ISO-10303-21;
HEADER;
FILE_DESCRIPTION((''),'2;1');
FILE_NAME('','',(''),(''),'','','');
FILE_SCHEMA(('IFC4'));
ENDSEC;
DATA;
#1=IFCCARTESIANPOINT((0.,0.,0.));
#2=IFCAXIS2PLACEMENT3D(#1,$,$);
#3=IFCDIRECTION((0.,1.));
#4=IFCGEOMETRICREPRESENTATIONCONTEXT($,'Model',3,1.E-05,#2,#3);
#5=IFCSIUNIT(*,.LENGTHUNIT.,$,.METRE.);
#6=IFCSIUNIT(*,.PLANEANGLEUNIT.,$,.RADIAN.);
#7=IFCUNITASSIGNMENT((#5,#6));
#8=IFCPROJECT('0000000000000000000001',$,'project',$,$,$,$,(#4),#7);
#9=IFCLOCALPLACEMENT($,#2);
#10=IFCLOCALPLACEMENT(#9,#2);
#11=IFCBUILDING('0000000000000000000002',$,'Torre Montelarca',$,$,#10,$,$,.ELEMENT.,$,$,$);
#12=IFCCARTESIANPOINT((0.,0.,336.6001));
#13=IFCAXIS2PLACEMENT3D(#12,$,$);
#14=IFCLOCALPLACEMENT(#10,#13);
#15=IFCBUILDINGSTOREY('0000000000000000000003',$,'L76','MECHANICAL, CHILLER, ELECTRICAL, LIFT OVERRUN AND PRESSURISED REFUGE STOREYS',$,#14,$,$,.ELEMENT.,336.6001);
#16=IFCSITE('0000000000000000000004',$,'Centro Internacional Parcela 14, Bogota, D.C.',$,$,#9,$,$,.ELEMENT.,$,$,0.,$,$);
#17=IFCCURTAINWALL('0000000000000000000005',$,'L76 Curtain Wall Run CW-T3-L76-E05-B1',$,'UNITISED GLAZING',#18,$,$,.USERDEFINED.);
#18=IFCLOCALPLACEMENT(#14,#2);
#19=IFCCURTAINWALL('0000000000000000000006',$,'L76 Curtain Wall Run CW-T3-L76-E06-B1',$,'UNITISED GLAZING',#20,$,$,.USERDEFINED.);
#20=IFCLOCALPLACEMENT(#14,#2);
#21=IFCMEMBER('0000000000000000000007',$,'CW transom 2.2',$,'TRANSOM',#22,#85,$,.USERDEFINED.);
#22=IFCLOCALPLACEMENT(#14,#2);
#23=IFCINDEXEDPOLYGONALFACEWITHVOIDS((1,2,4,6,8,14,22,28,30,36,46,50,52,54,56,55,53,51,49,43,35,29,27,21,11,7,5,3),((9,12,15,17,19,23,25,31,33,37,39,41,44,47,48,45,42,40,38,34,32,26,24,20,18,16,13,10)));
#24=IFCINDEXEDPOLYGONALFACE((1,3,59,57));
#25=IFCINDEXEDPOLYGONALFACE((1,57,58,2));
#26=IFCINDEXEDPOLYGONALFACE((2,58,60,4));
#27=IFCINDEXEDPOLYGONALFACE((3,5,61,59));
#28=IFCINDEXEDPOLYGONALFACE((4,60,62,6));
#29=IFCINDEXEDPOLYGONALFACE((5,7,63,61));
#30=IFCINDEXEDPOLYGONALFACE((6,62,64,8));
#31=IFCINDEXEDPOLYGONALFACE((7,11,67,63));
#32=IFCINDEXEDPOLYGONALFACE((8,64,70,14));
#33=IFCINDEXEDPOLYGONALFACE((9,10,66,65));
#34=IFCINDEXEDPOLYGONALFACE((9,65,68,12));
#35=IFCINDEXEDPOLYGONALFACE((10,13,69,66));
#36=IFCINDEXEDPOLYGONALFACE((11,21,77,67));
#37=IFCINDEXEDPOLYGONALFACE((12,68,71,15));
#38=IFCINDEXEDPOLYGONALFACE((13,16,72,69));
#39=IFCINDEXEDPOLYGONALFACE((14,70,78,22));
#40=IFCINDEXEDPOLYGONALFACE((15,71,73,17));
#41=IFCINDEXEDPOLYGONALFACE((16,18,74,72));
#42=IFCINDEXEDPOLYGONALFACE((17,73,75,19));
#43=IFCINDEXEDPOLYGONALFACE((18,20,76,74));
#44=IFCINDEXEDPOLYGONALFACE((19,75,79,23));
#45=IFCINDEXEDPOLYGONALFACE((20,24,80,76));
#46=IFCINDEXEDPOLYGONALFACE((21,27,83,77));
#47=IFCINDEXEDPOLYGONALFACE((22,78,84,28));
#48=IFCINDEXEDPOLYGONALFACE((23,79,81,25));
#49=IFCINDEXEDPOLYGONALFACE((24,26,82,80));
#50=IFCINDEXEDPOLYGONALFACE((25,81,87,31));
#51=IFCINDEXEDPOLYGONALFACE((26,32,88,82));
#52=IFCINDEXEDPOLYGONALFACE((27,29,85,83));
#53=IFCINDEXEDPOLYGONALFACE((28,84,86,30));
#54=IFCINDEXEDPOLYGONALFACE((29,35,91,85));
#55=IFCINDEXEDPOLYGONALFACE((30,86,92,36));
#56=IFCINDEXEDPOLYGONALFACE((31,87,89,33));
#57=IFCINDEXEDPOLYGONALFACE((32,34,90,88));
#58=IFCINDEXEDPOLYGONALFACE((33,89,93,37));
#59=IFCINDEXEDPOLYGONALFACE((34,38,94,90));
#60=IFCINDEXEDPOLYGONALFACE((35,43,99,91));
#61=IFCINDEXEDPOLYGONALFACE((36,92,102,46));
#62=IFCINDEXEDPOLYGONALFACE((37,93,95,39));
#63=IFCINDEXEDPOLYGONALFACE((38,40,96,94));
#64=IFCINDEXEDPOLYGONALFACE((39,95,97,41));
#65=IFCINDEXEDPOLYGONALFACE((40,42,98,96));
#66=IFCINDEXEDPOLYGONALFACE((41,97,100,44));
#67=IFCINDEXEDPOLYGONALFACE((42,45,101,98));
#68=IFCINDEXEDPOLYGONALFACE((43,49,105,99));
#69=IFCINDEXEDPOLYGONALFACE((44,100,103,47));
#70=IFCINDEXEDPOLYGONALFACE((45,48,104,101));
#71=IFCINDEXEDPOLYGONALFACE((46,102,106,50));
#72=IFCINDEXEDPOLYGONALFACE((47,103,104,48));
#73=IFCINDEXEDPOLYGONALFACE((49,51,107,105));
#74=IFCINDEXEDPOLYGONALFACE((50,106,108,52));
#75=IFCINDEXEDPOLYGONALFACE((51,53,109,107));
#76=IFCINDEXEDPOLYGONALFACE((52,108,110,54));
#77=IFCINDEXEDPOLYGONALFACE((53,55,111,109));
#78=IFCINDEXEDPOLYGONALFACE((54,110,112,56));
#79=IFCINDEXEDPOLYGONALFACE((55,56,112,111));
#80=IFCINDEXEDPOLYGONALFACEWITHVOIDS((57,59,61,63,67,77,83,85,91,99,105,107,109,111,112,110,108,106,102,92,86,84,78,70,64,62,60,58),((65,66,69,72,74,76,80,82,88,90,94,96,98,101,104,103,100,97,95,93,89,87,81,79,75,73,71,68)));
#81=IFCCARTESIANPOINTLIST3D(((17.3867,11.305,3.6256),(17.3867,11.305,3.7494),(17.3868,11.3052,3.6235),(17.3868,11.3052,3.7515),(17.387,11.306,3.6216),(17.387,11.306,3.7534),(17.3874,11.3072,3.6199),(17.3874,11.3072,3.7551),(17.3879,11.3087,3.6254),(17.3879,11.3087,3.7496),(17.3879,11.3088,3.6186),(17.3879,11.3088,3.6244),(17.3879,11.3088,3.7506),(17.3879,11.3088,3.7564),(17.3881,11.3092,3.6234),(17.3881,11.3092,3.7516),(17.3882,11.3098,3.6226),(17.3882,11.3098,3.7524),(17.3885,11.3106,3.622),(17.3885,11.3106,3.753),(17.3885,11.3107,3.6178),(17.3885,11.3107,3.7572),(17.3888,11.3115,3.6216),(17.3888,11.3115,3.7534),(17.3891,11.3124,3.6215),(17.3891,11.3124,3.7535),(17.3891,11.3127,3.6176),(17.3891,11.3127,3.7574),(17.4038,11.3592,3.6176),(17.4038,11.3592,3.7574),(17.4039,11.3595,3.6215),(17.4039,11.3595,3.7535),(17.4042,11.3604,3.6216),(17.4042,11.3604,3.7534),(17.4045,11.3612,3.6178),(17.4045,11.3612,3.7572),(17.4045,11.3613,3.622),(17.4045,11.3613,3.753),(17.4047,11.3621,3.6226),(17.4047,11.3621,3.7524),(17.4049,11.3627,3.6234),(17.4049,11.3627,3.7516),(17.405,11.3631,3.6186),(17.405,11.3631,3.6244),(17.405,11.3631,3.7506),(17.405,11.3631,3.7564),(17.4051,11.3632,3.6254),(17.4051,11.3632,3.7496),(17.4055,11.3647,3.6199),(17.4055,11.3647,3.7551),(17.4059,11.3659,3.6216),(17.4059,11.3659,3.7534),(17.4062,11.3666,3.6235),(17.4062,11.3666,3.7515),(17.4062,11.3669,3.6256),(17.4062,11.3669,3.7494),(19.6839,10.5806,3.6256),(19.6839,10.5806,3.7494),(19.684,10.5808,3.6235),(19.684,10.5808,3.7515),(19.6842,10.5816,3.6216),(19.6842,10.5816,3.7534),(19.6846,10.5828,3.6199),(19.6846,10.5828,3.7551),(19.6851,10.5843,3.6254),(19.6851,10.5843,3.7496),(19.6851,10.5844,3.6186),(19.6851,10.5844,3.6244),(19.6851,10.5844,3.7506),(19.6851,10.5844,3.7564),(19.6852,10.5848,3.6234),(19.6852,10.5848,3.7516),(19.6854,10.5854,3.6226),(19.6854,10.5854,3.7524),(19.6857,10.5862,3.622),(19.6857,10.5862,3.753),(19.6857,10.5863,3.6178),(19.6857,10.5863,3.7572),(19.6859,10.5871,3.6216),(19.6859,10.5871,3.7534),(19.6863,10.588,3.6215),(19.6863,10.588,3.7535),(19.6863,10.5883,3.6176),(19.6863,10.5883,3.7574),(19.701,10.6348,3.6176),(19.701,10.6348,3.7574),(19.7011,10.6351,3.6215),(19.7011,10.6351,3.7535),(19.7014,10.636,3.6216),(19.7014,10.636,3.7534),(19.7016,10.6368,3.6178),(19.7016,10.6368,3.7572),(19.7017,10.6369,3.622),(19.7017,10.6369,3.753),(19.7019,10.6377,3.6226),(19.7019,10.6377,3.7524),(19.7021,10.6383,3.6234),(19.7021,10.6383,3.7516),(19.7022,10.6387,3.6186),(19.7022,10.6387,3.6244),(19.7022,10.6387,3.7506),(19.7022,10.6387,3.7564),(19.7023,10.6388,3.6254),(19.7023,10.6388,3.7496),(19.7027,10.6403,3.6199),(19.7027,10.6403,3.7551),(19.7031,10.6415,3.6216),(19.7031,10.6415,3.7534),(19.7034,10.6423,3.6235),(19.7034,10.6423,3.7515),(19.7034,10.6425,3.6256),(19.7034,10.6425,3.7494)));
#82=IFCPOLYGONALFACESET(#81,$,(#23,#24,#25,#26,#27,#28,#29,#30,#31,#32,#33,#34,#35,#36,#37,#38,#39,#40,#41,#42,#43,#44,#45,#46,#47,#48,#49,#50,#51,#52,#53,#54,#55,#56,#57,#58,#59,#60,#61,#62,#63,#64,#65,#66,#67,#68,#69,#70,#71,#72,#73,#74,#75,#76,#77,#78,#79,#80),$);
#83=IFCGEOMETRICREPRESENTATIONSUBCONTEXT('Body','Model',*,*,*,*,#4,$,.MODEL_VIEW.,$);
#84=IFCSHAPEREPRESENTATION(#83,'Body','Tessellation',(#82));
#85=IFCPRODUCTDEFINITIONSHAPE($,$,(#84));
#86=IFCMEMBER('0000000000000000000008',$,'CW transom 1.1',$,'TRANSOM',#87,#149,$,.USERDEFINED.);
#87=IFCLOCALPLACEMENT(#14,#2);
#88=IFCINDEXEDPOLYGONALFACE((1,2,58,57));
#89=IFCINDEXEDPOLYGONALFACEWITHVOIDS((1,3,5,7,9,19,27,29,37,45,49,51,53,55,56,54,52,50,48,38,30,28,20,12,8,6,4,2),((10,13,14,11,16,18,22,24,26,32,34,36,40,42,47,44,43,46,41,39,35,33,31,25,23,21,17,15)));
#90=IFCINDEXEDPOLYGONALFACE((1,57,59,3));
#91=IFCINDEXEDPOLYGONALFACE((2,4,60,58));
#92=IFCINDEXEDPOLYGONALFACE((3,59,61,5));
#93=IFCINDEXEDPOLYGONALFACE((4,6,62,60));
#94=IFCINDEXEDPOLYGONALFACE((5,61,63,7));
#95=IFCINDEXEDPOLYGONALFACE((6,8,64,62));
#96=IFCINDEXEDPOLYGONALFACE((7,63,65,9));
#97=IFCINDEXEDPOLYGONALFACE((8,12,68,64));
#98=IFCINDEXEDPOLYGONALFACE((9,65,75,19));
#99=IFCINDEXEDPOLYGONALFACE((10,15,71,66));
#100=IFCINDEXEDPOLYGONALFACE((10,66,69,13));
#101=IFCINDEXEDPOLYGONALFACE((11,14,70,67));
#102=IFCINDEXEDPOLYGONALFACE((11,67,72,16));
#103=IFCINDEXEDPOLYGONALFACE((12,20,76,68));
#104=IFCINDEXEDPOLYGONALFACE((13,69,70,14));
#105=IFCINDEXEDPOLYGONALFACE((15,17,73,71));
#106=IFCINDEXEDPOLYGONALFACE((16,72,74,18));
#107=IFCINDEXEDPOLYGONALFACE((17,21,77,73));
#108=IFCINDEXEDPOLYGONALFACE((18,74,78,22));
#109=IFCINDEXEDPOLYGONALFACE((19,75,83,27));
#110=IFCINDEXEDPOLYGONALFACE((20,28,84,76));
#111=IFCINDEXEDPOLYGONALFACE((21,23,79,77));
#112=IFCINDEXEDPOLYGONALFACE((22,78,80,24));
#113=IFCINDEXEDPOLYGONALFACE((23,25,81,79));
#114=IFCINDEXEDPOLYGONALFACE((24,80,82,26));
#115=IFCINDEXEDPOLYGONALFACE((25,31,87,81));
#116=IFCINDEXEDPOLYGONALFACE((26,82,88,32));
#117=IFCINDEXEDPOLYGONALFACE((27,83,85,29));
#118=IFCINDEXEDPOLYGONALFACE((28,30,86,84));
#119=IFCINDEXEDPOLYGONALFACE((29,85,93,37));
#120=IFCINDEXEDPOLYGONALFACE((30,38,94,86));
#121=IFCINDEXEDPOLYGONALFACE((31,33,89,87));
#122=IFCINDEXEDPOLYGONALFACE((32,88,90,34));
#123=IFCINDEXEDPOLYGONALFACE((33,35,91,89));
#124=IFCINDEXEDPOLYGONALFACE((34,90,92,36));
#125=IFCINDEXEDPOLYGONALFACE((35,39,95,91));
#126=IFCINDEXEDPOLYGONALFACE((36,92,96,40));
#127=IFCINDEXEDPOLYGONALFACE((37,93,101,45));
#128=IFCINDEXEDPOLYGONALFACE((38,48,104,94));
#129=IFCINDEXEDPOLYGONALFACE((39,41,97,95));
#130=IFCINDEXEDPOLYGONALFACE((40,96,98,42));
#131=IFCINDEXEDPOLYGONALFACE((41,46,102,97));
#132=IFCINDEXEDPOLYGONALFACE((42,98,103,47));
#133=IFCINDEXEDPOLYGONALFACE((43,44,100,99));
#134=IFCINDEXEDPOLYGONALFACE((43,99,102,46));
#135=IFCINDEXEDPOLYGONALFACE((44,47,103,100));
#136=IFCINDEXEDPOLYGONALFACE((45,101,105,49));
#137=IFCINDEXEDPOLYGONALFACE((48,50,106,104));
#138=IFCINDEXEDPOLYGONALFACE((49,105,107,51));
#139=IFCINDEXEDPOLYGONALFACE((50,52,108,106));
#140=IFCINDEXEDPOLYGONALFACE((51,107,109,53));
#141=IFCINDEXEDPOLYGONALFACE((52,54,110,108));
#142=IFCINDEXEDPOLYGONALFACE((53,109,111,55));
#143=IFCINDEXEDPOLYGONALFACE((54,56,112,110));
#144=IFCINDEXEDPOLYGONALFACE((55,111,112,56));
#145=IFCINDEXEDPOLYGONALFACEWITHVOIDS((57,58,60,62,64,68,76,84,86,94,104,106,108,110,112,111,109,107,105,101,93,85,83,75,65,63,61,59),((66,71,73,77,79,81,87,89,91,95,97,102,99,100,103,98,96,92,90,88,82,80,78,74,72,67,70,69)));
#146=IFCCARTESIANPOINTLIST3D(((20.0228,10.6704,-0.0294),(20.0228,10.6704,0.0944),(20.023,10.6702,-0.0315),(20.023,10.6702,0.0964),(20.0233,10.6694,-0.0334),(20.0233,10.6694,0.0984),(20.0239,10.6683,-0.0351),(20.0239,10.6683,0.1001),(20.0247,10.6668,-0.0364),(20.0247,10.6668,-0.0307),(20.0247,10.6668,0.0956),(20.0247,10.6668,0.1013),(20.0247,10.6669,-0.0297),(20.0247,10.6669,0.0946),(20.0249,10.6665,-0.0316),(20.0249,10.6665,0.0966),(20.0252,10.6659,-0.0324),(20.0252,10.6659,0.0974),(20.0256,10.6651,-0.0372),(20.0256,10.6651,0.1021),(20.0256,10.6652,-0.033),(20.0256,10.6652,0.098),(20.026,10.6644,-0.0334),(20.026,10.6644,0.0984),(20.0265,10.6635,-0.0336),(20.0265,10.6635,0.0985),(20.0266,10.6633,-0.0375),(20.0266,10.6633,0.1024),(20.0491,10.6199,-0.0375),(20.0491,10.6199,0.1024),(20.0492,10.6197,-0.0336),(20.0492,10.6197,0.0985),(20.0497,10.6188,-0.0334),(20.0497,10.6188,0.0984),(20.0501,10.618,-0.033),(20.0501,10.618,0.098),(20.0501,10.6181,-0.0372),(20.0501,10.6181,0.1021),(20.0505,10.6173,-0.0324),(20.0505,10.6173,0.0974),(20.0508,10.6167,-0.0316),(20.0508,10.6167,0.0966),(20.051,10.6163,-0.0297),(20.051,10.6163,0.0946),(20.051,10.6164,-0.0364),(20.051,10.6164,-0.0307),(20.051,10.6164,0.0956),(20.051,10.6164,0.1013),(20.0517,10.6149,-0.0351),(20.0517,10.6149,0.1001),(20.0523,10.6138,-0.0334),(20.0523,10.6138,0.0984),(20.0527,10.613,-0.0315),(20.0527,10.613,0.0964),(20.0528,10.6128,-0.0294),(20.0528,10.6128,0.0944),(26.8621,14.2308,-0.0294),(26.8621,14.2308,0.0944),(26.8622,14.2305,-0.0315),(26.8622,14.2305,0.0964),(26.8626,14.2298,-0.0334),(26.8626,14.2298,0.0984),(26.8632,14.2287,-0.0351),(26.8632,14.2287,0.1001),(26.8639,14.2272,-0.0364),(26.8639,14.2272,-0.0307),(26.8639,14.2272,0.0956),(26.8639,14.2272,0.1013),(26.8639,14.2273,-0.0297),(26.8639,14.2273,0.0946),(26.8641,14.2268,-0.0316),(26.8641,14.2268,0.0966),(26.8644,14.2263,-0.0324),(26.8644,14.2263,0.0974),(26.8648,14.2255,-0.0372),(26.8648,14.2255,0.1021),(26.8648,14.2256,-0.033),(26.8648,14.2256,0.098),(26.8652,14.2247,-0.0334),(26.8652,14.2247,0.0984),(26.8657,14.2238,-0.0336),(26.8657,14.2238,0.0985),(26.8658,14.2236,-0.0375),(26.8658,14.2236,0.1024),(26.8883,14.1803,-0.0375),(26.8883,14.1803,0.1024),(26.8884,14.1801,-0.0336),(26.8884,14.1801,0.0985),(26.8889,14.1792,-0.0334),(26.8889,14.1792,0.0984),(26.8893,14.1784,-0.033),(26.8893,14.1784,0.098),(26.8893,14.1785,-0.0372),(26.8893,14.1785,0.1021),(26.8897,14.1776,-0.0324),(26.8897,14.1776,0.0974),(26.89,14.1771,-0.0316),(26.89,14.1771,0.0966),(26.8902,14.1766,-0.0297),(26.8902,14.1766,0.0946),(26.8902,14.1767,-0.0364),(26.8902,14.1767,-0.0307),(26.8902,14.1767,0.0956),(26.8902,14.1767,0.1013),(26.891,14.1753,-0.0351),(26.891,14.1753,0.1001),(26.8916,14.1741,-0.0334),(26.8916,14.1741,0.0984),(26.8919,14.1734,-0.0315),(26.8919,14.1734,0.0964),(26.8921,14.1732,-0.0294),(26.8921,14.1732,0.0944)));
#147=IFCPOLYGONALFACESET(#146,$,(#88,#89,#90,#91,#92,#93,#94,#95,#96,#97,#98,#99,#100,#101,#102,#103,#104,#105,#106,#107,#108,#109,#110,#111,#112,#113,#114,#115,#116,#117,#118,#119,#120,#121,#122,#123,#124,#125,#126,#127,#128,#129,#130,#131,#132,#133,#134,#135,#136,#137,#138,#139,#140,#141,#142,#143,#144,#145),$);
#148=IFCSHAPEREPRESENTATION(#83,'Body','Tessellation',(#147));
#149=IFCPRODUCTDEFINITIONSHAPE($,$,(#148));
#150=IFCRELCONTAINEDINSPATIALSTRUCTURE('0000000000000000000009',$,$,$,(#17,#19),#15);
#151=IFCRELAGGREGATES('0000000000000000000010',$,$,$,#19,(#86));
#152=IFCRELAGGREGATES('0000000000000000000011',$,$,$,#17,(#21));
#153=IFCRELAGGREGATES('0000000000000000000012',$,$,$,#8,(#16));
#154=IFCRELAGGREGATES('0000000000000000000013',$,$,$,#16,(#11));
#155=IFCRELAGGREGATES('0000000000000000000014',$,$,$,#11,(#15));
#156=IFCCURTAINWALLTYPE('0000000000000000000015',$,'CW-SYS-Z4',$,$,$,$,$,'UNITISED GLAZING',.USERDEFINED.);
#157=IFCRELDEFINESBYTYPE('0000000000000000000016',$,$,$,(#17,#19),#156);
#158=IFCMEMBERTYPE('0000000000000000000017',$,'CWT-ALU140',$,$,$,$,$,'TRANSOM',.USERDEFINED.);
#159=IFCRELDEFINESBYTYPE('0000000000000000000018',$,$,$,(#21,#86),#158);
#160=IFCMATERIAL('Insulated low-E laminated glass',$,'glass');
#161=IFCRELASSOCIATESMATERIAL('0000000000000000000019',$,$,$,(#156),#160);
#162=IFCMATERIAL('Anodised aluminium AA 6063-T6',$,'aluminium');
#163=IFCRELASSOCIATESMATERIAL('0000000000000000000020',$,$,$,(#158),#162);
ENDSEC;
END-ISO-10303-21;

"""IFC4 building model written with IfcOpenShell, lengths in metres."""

from ifc_helpers import new_model, si_unit, direction, frame, origin, origin_2d, place, context, subcontext, project, spatial, hollow_rectangle, extrude, source, transform, mapped, material, material_profile, profile_set, type_object, element, aggregate, save


model = new_model("IFC4")

# Units and contexts
model_context = context("Model", 3, precision=1e-05, world=origin(), true_north=direction((0.0, 1.0)))
body_context = subcontext(model_context, "Body", "Model", "MODEL_VIEW")
ifc_project = project(units=[si_unit("LENGTHUNIT", "METRE"), si_unit("PLANEANGLEUNIT", "RADIAN")], contexts=[model_context])

# Site, building, storey
site_placement = place(None, origin())
site = spatial("IfcSite", under=ifc_project, at=site_placement, Name="Centro Internacional Parcela 14, Bogota, D.C.", CompositionType="ELEMENT", RefElevation=0.0)
building_placement = place(site_placement, origin())
building = spatial("IfcBuilding", under=site, at=building_placement, Name="Torre Montelarca", CompositionType="ELEMENT")
storey_placement = place(building_placement, frame((0.0, 0.0, 336.6001)))
storey = spatial("IfcBuildingStorey", under=building, at=storey_placement, Name="L76", Description="MECHANICAL, CHILLER, ELECTRICAL, LIFT OVERRUN AND PRESSURISED REFUGE STOREYS", CompositionType="ELEMENT", Elevation=336.6001)

# Curtain wall
ifc_material_1 = material(Name="Insulated low-E laminated glass", Category="glass")
curtain_wall_type = type_object("IfcCurtainWallType", Name="CW-SYS-Z4", ElementType="UNITISED GLAZING", PredefinedType="USERDEFINED", material=ifc_material_1)
ifc_material_2 = material(Name="Anodised aluminium AA 6063-T6", Category="aluminium")
ifc_material_profile_1 = material_profile(ifc_material_2, hollow_rectangle(XDim=0.0649, YDim=0.1399, WallThickness=0.0039, InnerFilletRadius=0.0039, OuterFilletRadius=0.0081, at=origin_2d()), Name="ALU65X140X4", Category="aluminium")
ifc_profile_set_1 = profile_set([ifc_material_profile_1], Name="Anodised aluminium AA 6063-T6")
member_type_1 = type_object("IfcMemberType", Name="CWT-ALU140", ElementType="TRANSOM", PredefinedType="USERDEFINED", material=ifc_profile_set_1)
curtain_wall_1_placement = place(storey_placement, origin())
curtain_wall_1 = element("IfcCurtainWall", 1, at=curtain_wall_1_placement, inside=storey, type_object=curtain_wall_type, Name="L76 Curtain Wall Run CW-T3-L76-E05-B1", ObjectType="UNITISED GLAZING", PredefinedType="USERDEFINED")

# Curtain wall
curtain_wall_2_placement = place(storey_placement, origin())
curtain_wall_2 = element("IfcCurtainWall", 2, at=curtain_wall_2_placement, inside=storey, type_object=curtain_wall_type, Name="L76 Curtain Wall Run CW-T3-L76-E06-B1", ObjectType="UNITISED GLAZING", PredefinedType="USERDEFINED")

# Members
shared_shape_1 = source(origin(), body_context, "Body", "SweptSolid", [
    extrude(hollow_rectangle(XDim=0.0649, YDim=0.1399, WallThickness=0.0039, InnerFilletRadius=0.0039, OuterFilletRadius=0.0081, at=origin_2d()), origin(), (0.0, 0.0, 1.0), 2.4087),
])
member_1_placement = place(storey_placement, frame((17.3965, 11.3359, 3.6875), z_axis=(0.953707, -0.300738, 0.0), x_axis=(0.300738, 0.953707, 0.0)))
member_1 = element("IfcMember", 3, at=member_1_placement, type_object=member_type_1, Name="CW transom 2.2", ObjectType="TRANSOM", PredefinedType="USERDEFINED", context=body_context, shape_type="MappedRepresentation", body=[
    mapped(shared_shape_1, transform((0.0, 0.0, 0.0), scale=1.0)),
])
shared_shape_2 = source(origin(), body_context, "Body", "SweptSolid", [
    extrude(hollow_rectangle(XDim=0.0649, YDim=0.1399, WallThickness=0.0039, InnerFilletRadius=0.0039, OuterFilletRadius=0.0081, at=origin_2d()), origin(), (0.0, 0.0, 1.0), 7.7104),
])
member_2_placement = place(storey_placement, frame((20.0378, 10.6416, 0.0325), z_axis=(0.887006, 0.461757, 0.0), x_axis=(-0.461757, 0.887006, 0.0)))
member_2 = element("IfcMember", 4, at=member_2_placement, type_object=member_type_1, Name="CW transom 1.1", ObjectType="TRANSOM", PredefinedType="USERDEFINED", context=body_context, shape_type="MappedRepresentation", body=[
    mapped(shared_shape_2, transform((0.0, 0.0, 0.0), scale=1.0)),
])
aggregate(curtain_wall_2, [member_2])

aggregate(curtain_wall_1, [member_1])

save(model, "model.ifc")
